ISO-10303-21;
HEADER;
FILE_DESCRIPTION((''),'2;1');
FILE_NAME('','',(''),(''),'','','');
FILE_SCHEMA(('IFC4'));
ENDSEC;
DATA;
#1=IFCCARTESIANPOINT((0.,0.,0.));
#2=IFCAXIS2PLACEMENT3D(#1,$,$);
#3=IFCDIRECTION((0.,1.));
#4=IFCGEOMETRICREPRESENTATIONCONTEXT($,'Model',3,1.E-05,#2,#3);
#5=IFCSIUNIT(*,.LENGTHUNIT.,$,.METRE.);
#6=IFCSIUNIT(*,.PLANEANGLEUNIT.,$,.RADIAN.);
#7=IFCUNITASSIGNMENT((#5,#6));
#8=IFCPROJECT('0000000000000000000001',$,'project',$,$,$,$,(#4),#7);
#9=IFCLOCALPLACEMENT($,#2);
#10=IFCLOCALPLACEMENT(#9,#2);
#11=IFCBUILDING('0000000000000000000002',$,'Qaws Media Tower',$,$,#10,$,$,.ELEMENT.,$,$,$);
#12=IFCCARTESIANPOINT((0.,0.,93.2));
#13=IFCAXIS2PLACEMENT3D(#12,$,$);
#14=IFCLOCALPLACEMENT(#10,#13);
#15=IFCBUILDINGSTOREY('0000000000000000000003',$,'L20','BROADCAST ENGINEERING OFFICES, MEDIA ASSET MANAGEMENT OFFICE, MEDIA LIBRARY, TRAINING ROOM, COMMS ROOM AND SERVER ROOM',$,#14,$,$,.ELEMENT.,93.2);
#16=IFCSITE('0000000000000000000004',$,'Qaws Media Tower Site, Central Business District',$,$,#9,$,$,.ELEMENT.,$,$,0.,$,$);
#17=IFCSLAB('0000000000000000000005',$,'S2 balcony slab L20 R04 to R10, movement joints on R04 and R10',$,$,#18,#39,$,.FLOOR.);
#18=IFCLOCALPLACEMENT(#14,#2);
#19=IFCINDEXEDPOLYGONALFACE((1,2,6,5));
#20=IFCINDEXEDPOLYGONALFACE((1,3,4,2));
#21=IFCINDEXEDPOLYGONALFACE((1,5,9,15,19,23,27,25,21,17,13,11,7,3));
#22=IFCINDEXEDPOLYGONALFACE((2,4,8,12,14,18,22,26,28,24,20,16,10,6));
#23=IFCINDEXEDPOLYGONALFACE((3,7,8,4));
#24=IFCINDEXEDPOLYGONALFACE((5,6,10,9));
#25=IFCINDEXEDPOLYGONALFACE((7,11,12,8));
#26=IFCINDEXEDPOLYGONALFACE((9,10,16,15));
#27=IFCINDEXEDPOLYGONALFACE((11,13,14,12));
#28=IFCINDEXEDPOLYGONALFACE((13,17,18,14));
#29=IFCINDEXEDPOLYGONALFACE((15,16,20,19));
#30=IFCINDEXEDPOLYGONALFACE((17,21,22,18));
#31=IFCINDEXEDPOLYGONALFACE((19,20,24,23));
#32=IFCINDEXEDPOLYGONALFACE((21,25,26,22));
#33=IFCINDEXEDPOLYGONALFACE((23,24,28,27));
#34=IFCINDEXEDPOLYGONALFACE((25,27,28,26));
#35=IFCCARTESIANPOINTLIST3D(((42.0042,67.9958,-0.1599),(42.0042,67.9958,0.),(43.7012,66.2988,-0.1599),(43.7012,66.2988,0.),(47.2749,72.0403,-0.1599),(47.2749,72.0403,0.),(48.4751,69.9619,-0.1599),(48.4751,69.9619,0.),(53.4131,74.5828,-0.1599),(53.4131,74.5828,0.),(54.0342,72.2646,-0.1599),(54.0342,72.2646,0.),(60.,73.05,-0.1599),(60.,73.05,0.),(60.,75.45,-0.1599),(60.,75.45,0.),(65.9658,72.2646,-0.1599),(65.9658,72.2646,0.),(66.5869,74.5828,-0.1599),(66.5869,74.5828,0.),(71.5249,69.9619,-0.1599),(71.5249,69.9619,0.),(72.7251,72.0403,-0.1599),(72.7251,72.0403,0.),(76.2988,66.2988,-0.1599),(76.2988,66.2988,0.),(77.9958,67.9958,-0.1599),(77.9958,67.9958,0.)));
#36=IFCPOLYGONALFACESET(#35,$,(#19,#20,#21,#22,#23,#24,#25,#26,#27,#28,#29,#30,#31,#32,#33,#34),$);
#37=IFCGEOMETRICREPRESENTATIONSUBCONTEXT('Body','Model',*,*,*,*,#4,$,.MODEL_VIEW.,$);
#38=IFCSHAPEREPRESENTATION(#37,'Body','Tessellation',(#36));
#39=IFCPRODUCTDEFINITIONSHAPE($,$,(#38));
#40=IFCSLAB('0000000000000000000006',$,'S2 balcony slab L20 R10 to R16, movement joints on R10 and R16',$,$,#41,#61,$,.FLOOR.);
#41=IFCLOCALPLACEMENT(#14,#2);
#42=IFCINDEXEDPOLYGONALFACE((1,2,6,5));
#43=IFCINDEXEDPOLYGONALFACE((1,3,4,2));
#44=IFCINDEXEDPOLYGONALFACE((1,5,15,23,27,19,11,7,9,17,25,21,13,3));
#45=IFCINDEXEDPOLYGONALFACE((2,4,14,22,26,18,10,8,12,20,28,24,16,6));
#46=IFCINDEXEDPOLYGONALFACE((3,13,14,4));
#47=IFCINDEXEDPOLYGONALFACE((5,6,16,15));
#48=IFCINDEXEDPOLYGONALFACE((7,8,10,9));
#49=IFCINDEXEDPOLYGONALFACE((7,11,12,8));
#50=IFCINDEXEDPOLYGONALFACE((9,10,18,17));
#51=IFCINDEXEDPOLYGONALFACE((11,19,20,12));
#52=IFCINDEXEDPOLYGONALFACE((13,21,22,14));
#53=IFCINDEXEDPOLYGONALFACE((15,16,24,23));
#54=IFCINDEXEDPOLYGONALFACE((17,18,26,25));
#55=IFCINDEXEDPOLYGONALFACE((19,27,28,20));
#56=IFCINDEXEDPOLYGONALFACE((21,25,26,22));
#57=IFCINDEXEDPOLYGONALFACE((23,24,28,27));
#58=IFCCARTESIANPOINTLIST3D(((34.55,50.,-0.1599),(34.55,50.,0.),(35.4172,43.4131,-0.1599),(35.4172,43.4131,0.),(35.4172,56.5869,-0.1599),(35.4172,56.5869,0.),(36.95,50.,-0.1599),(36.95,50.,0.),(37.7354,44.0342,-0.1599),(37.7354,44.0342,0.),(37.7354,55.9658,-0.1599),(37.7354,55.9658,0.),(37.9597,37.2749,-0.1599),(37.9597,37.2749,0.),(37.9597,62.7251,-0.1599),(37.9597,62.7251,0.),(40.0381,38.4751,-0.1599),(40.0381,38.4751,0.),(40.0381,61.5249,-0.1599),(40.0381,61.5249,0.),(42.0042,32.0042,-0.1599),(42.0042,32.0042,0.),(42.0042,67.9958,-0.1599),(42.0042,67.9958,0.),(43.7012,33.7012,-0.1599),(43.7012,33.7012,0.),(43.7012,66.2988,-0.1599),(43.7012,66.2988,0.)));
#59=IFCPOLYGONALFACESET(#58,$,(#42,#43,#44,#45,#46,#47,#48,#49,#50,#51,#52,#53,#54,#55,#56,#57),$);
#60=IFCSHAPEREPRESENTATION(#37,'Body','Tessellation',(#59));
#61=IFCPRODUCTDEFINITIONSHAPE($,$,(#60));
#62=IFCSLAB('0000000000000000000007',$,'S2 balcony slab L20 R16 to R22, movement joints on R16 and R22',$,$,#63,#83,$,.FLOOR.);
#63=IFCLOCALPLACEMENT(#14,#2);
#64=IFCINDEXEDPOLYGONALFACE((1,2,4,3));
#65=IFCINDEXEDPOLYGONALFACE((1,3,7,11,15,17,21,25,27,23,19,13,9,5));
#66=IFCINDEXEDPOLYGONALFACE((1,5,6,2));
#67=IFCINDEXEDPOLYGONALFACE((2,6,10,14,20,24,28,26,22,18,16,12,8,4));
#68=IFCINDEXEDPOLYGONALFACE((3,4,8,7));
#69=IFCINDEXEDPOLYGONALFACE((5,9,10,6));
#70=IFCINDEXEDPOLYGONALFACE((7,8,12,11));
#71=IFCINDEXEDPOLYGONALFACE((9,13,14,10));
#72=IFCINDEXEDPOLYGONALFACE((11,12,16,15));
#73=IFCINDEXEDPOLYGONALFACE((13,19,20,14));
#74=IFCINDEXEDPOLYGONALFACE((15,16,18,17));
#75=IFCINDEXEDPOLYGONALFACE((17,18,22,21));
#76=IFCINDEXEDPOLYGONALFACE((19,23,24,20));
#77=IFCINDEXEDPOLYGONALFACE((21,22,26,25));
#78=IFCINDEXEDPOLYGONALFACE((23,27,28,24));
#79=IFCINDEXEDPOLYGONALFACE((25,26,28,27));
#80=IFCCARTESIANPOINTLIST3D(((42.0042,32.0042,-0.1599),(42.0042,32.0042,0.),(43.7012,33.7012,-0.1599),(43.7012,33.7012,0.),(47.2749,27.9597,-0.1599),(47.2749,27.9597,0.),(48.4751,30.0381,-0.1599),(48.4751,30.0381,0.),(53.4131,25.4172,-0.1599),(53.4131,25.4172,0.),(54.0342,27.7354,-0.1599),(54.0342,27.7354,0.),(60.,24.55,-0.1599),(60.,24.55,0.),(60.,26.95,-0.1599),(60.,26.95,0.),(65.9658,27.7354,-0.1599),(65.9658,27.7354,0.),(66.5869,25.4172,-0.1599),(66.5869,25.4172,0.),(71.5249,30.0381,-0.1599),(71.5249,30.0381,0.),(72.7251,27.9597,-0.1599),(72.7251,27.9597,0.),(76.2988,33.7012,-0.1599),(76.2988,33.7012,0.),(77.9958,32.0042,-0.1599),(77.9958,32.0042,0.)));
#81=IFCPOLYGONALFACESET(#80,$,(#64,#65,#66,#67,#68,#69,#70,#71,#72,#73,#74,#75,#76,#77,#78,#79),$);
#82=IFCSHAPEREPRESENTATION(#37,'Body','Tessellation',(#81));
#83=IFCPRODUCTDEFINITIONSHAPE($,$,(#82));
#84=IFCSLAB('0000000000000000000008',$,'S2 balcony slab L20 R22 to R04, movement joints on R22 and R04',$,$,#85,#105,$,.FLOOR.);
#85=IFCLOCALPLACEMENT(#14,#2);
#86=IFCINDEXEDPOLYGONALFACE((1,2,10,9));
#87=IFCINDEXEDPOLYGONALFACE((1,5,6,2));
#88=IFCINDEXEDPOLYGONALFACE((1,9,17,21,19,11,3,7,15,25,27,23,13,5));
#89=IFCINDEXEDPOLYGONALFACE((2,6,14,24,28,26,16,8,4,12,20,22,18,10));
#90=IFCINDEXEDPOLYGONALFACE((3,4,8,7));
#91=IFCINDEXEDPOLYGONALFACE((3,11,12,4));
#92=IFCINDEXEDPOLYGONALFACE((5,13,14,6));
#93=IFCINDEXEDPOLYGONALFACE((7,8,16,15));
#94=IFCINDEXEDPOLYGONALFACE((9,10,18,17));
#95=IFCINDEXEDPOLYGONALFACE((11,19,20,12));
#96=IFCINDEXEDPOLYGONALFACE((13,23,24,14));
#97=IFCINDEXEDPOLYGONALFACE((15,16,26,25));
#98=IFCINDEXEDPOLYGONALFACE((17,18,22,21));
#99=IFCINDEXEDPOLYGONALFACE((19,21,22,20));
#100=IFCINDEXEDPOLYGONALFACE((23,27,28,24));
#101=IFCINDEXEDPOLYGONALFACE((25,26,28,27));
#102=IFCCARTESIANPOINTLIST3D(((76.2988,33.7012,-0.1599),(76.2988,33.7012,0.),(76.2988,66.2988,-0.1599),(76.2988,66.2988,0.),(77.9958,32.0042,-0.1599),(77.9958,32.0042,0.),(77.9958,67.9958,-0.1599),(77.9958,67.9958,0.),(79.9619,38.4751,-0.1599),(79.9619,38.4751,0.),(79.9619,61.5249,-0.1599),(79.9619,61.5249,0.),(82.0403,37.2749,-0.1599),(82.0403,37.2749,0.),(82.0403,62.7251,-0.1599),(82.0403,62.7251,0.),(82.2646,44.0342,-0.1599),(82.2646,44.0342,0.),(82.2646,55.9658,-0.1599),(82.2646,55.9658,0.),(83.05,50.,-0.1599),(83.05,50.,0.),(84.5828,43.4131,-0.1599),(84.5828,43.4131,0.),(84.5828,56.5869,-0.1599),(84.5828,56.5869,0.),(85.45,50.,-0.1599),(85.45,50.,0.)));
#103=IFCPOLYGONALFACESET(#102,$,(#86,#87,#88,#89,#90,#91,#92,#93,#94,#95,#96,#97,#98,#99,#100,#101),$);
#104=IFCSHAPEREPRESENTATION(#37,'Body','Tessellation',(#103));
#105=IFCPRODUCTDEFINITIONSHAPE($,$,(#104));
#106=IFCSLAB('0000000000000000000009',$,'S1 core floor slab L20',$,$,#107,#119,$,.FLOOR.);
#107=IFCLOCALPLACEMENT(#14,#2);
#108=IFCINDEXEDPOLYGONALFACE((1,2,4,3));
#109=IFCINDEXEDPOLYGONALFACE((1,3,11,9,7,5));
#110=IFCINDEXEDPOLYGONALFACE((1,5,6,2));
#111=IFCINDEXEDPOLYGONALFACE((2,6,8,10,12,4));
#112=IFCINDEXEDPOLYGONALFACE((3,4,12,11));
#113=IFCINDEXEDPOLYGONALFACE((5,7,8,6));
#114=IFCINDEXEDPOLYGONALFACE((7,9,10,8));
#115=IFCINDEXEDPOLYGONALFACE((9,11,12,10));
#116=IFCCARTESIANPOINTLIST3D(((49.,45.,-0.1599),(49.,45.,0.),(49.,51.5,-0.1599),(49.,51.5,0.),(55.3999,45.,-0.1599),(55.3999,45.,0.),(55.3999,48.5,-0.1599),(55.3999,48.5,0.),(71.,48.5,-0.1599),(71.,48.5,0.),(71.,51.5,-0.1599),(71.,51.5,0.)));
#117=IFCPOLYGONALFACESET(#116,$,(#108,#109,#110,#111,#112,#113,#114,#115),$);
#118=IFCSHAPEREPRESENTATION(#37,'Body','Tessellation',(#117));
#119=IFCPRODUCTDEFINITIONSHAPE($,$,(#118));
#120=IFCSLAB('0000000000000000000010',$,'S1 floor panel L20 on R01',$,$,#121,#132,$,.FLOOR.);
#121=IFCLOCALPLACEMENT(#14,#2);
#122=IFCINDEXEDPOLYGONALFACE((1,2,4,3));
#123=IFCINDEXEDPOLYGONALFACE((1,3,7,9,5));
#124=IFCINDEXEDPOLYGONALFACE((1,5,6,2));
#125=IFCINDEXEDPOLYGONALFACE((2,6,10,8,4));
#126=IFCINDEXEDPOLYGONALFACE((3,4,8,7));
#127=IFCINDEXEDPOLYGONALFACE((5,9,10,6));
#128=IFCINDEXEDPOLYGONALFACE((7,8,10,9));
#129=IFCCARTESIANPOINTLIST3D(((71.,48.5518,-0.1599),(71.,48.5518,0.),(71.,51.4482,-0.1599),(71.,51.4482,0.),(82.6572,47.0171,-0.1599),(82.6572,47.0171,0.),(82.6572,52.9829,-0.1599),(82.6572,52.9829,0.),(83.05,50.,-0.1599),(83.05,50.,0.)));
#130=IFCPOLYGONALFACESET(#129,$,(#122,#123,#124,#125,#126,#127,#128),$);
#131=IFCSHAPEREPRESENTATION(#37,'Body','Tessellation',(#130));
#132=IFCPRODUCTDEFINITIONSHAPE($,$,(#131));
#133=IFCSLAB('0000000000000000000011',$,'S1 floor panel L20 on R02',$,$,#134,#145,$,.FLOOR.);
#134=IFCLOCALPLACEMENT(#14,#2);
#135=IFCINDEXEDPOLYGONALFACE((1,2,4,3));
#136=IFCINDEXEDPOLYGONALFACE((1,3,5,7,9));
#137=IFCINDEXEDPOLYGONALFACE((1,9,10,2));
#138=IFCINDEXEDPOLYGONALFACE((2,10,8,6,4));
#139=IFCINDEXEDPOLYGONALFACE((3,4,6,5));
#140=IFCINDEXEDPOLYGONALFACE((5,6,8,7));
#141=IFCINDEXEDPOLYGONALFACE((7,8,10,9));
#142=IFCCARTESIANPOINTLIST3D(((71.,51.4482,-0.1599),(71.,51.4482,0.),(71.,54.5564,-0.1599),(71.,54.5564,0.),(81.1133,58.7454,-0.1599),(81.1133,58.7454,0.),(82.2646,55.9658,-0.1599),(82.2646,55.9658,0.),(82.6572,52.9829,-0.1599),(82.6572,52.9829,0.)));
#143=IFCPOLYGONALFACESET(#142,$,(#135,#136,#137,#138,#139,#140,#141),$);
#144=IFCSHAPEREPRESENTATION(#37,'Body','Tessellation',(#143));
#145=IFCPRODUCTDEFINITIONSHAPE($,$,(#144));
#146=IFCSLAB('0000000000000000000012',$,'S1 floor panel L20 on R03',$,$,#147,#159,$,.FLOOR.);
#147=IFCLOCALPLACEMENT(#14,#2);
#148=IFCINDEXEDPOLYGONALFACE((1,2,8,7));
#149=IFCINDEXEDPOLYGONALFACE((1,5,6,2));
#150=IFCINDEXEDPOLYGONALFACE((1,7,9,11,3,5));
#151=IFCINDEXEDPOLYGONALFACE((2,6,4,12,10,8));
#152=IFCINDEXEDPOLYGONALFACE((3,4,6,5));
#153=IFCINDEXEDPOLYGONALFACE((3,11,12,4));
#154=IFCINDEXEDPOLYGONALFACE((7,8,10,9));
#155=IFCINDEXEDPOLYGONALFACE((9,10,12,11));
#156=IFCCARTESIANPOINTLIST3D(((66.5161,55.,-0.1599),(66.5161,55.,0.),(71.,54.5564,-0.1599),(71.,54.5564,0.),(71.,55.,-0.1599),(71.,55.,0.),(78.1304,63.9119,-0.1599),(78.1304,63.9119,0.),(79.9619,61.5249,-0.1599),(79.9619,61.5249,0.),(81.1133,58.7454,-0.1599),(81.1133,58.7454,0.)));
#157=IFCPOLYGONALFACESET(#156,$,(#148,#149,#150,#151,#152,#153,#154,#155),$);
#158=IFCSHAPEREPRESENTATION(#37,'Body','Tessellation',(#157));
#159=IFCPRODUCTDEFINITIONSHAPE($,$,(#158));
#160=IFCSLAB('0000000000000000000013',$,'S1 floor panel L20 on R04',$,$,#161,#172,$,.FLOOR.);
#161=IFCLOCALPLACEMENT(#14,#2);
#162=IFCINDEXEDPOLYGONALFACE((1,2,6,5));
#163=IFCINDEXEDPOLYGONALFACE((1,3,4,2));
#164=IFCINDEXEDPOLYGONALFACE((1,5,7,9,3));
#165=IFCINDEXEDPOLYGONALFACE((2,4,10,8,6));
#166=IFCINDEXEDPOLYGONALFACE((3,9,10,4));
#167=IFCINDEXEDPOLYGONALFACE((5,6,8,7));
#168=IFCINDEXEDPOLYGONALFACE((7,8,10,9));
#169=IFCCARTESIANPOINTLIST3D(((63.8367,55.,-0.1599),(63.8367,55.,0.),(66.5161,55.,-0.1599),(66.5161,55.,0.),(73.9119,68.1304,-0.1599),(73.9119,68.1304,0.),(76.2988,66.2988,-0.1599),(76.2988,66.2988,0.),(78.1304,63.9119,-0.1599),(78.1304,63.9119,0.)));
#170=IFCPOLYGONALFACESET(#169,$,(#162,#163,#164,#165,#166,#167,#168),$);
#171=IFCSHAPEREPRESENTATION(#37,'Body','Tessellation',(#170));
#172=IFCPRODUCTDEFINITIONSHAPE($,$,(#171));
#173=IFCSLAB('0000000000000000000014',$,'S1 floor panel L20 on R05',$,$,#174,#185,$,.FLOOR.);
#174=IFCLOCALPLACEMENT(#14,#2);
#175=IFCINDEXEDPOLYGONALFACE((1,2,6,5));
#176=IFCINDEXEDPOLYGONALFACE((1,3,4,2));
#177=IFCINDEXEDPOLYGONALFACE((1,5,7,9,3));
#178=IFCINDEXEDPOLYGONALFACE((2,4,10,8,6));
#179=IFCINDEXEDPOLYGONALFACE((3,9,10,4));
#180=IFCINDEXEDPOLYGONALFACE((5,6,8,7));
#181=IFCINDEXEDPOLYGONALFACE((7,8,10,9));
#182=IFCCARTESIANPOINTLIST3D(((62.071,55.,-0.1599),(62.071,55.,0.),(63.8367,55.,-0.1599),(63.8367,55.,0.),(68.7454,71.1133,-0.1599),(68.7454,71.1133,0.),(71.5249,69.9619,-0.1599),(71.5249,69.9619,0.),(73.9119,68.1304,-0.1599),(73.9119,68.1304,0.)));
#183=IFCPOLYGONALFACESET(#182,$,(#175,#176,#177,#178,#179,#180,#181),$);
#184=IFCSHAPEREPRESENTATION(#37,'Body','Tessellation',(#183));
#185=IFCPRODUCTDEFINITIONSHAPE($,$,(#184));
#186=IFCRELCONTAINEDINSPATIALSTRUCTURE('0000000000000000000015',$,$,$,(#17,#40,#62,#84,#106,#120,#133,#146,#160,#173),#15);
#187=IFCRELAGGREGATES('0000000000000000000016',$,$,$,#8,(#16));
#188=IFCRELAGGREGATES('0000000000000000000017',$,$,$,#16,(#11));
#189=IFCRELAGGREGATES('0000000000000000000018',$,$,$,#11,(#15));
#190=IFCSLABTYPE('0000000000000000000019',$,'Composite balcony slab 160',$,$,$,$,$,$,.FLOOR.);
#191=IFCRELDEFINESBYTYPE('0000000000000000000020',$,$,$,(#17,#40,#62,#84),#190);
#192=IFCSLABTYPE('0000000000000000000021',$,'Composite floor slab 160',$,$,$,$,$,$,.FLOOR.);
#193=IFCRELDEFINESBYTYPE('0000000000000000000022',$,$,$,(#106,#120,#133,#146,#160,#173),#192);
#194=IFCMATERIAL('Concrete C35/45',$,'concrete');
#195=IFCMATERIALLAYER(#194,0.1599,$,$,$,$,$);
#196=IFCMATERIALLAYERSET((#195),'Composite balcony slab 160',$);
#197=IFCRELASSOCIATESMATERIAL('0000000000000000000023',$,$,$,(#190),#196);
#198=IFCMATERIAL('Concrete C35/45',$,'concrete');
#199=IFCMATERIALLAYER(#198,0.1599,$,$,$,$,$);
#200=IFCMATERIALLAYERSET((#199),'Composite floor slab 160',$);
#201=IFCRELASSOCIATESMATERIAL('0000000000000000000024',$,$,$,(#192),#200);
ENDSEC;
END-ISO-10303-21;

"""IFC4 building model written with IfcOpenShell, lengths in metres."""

from ifc_helpers import new_model, si_unit, direction, frame, origin, place, context, subcontext, project, spatial, polyline, outline, extrude, material, layer, layer_set, type_object, element, save


model = new_model("IFC4")

# Units and contexts
model_context = context("Model", 3, precision=1e-05, world=origin(), true_north=direction((0.0, 1.0)))
body_context = subcontext(model_context, "Body", "Model", "MODEL_VIEW")
ifc_project = project(units=[si_unit("LENGTHUNIT", "METRE"), si_unit("PLANEANGLEUNIT", "RADIAN")], contexts=[model_context])

# Site, building, storey
site_placement = place(None, origin())
site = spatial("IfcSite", under=ifc_project, at=site_placement, Name="Qaws Media Tower Site, Central Business District", CompositionType="ELEMENT", RefElevation=0.0)
building_placement = place(site_placement, origin())
building = spatial("IfcBuilding", under=site, at=building_placement, Name="Qaws Media Tower", CompositionType="ELEMENT")
storey_placement = place(building_placement, frame((0.0, 0.0, 93.2)))
storey = spatial("IfcBuildingStorey", under=building, at=storey_placement, Name="L20", Description="BROADCAST ENGINEERING OFFICES, MEDIA ASSET MANAGEMENT OFFICE, MEDIA LIBRARY, TRAINING ROOM, COMMS ROOM AND SERVER ROOM", CompositionType="ELEMENT", Elevation=93.2)

# Slabs
ifc_material_1 = material(Name="Concrete C35/45", Category="concrete")
ifc_layer_1 = layer(ifc_material_1, 0.1599)
ifc_layer_set_1 = layer_set([ifc_layer_1], Name="Composite balcony slab 160")
slab_type_1 = type_object("IfcSlabType", Name="Composite balcony slab 160", PredefinedType="FLOOR", material=ifc_layer_set_1)
slab_1_placement = place(storey_placement, frame((0.0, 0.0, -0.1599)))
element("IfcSlab", 1, at=slab_1_placement, inside=storey, type_object=slab_type_1, Name="S2 balcony slab L20 R04 to R10, movement joints on R04 and R10", PredefinedType="FLOOR", context=body_context, shape_type="SweptSolid", body=[
    extrude(outline(polyline([(47.2749, 72.0403), (53.4131, 74.5828), (60.0, 75.45), (66.5869, 74.5828), (72.7251, 72.0403), (77.9958, 67.9958), (76.2988, 66.2988), (71.5249, 69.9619), (65.9658, 72.2646), (60.0, 73.05), (54.0342, 72.2646), (48.4751, 69.9619), (43.7012, 66.2988), (42.0042, 67.9958), (47.2749, 72.0403)])), origin(), (0.0, 0.0, 1.0), 0.1599),
])
slab_2_placement = place(storey_placement, frame((0.0, 0.0, -0.1599)))
element("IfcSlab", 2, at=slab_2_placement, inside=storey, type_object=slab_type_1, Name="S2 balcony slab L20 R10 to R16, movement joints on R10 and R16", PredefinedType="FLOOR", context=body_context, shape_type="SweptSolid", body=[
    extrude(outline(polyline([(37.9597, 37.2749), (35.4172, 43.4131), (34.55, 50.0), (35.4172, 56.5869), (37.9597, 62.7251), (42.0042, 67.9958), (43.7012, 66.2988), (40.0381, 61.5249), (37.7354, 55.9658), (36.95, 50.0), (37.7354, 44.0342), (40.0381, 38.4751), (43.7012, 33.7012), (42.0042, 32.0042), (37.9597, 37.2749)])), origin(), (0.0, 0.0, 1.0), 0.1599),
])
slab_3_placement = place(storey_placement, frame((0.0, 0.0, -0.1599)))
element("IfcSlab", 3, at=slab_3_placement, inside=storey, type_object=slab_type_1, Name="S2 balcony slab L20 R16 to R22, movement joints on R16 and R22", PredefinedType="FLOOR", context=body_context, shape_type="SweptSolid", body=[
    extrude(outline(polyline([(72.7251, 27.9597), (66.5869, 25.4172), (60.0, 24.55), (53.4131, 25.4172), (47.2749, 27.9597), (42.0042, 32.0042), (43.7012, 33.7012), (48.4751, 30.0381), (54.0342, 27.7354), (60.0, 26.95), (65.9658, 27.7354), (71.5249, 30.0381), (76.2988, 33.7012), (77.9958, 32.0042), (72.7251, 27.9597)])), origin(), (0.0, 0.0, 1.0), 0.1599),
])
slab_4_placement = place(storey_placement, frame((0.0, 0.0, -0.1599)))
element("IfcSlab", 4, at=slab_4_placement, inside=storey, type_object=slab_type_1, Name="S2 balcony slab L20 R22 to R04, movement joints on R22 and R04", PredefinedType="FLOOR", context=body_context, shape_type="SweptSolid", body=[
    extrude(outline(polyline([(82.0403, 37.2749), (77.9958, 32.0042), (76.2988, 33.7012), (79.9619, 38.4751), (82.2646, 44.0342), (83.05, 50.0), (82.2646, 55.9658), (79.9619, 61.5249), (76.2988, 66.2988), (77.9958, 67.9958), (82.0403, 62.7251), (84.5828, 56.5869), (85.45, 50.0), (84.5828, 43.4131), (82.0403, 37.2749)])), origin(), (0.0, 0.0, 1.0), 0.1599),
])
ifc_material_2 = material(Name="Concrete C35/45", Category="concrete")
ifc_layer_2 = layer(ifc_material_2, 0.1599)
ifc_layer_set_2 = layer_set([ifc_layer_2], Name="Composite floor slab 160")
slab_type_2 = type_object("IfcSlabType", Name="Composite floor slab 160", PredefinedType="FLOOR", material=ifc_layer_set_2)
slab_5_placement = place(storey_placement, frame((0.0, 0.0, -0.1599)))
element("IfcSlab", 5, at=slab_5_placement, inside=storey, type_object=slab_type_2, Name="S1 core floor slab L20", PredefinedType="FLOOR", context=body_context, shape_type="SweptSolid", body=[
    extrude(outline(polyline([(71.0, 51.5), (71.0, 48.5), (55.3999, 48.5), (55.3999, 45.0), (49.0, 45.0), (49.0, 51.5), (71.0, 51.5)])), origin(), (0.0, 0.0, 1.0), 0.1599),
])
slab_6_placement = place(storey_placement, frame((0.0, 0.0, -0.1599)))
element("IfcSlab", 6, at=slab_6_placement, inside=storey, type_object=slab_type_2, Name="S1 floor panel L20 on R01", PredefinedType="FLOOR", context=body_context, shape_type="SweptSolid", body=[
    extrude(outline(polyline([(83.05, 50.0), (82.6572, 47.0171), (71.0, 48.5518), (71.0, 51.4482), (82.6572, 52.9829), (83.05, 50.0)])), origin(), (0.0, 0.0, 1.0), 0.1599),
])
slab_7_placement = place(storey_placement, frame((0.0, 0.0, -0.1599)))
element("IfcSlab", 7, at=slab_7_placement, inside=storey, type_object=slab_type_2, Name="S1 floor panel L20 on R02", PredefinedType="FLOOR", context=body_context, shape_type="SweptSolid", body=[
    extrude(outline(polyline([(82.2646, 55.9658), (82.6572, 52.9829), (71.0, 51.4482), (71.0, 54.5564), (81.1133, 58.7454), (82.2646, 55.9658)])), origin(), (0.0, 0.0, 1.0), 0.1599),
])
slab_8_placement = place(storey_placement, frame((0.0, 0.0, -0.1599)))
element("IfcSlab", 8, at=slab_8_placement, inside=storey, type_object=slab_type_2, Name="S1 floor panel L20 on R03", PredefinedType="FLOOR", context=body_context, shape_type="SweptSolid", body=[
    extrude(outline(polyline([(79.9619, 61.5249), (81.1133, 58.7454), (71.0, 54.5564), (71.0, 55.0), (66.5161, 55.0), (78.1304, 63.9119), (79.9619, 61.5249)])), origin(), (0.0, 0.0, 1.0), 0.1599),
])
slab_9_placement = place(storey_placement, frame((0.0, 0.0, -0.1599)))
element("IfcSlab", 9, at=slab_9_placement, inside=storey, type_object=slab_type_2, Name="S1 floor panel L20 on R04", PredefinedType="FLOOR", context=body_context, shape_type="SweptSolid", body=[
    extrude(outline(polyline([(76.2988, 66.2988), (78.1304, 63.9119), (66.5161, 55.0), (63.8367, 55.0), (73.9119, 68.1304), (76.2988, 66.2988)])), origin(), (0.0, 0.0, 1.0), 0.1599),
])
slab_10_placement = place(storey_placement, frame((0.0, 0.0, -0.1599)))
element("IfcSlab", 10, at=slab_10_placement, inside=storey, type_object=slab_type_2, Name="S1 floor panel L20 on R05", PredefinedType="FLOOR", context=body_context, shape_type="SweptSolid", body=[
    extrude(outline(polyline([(71.5249, 69.9619), (73.9119, 68.1304), (63.8367, 55.0), (62.071, 55.0), (68.7454, 71.1133), (71.5249, 69.9619)])), origin(), (0.0, 0.0, 1.0), 0.1599),
])

save(model, "model.ifc")
